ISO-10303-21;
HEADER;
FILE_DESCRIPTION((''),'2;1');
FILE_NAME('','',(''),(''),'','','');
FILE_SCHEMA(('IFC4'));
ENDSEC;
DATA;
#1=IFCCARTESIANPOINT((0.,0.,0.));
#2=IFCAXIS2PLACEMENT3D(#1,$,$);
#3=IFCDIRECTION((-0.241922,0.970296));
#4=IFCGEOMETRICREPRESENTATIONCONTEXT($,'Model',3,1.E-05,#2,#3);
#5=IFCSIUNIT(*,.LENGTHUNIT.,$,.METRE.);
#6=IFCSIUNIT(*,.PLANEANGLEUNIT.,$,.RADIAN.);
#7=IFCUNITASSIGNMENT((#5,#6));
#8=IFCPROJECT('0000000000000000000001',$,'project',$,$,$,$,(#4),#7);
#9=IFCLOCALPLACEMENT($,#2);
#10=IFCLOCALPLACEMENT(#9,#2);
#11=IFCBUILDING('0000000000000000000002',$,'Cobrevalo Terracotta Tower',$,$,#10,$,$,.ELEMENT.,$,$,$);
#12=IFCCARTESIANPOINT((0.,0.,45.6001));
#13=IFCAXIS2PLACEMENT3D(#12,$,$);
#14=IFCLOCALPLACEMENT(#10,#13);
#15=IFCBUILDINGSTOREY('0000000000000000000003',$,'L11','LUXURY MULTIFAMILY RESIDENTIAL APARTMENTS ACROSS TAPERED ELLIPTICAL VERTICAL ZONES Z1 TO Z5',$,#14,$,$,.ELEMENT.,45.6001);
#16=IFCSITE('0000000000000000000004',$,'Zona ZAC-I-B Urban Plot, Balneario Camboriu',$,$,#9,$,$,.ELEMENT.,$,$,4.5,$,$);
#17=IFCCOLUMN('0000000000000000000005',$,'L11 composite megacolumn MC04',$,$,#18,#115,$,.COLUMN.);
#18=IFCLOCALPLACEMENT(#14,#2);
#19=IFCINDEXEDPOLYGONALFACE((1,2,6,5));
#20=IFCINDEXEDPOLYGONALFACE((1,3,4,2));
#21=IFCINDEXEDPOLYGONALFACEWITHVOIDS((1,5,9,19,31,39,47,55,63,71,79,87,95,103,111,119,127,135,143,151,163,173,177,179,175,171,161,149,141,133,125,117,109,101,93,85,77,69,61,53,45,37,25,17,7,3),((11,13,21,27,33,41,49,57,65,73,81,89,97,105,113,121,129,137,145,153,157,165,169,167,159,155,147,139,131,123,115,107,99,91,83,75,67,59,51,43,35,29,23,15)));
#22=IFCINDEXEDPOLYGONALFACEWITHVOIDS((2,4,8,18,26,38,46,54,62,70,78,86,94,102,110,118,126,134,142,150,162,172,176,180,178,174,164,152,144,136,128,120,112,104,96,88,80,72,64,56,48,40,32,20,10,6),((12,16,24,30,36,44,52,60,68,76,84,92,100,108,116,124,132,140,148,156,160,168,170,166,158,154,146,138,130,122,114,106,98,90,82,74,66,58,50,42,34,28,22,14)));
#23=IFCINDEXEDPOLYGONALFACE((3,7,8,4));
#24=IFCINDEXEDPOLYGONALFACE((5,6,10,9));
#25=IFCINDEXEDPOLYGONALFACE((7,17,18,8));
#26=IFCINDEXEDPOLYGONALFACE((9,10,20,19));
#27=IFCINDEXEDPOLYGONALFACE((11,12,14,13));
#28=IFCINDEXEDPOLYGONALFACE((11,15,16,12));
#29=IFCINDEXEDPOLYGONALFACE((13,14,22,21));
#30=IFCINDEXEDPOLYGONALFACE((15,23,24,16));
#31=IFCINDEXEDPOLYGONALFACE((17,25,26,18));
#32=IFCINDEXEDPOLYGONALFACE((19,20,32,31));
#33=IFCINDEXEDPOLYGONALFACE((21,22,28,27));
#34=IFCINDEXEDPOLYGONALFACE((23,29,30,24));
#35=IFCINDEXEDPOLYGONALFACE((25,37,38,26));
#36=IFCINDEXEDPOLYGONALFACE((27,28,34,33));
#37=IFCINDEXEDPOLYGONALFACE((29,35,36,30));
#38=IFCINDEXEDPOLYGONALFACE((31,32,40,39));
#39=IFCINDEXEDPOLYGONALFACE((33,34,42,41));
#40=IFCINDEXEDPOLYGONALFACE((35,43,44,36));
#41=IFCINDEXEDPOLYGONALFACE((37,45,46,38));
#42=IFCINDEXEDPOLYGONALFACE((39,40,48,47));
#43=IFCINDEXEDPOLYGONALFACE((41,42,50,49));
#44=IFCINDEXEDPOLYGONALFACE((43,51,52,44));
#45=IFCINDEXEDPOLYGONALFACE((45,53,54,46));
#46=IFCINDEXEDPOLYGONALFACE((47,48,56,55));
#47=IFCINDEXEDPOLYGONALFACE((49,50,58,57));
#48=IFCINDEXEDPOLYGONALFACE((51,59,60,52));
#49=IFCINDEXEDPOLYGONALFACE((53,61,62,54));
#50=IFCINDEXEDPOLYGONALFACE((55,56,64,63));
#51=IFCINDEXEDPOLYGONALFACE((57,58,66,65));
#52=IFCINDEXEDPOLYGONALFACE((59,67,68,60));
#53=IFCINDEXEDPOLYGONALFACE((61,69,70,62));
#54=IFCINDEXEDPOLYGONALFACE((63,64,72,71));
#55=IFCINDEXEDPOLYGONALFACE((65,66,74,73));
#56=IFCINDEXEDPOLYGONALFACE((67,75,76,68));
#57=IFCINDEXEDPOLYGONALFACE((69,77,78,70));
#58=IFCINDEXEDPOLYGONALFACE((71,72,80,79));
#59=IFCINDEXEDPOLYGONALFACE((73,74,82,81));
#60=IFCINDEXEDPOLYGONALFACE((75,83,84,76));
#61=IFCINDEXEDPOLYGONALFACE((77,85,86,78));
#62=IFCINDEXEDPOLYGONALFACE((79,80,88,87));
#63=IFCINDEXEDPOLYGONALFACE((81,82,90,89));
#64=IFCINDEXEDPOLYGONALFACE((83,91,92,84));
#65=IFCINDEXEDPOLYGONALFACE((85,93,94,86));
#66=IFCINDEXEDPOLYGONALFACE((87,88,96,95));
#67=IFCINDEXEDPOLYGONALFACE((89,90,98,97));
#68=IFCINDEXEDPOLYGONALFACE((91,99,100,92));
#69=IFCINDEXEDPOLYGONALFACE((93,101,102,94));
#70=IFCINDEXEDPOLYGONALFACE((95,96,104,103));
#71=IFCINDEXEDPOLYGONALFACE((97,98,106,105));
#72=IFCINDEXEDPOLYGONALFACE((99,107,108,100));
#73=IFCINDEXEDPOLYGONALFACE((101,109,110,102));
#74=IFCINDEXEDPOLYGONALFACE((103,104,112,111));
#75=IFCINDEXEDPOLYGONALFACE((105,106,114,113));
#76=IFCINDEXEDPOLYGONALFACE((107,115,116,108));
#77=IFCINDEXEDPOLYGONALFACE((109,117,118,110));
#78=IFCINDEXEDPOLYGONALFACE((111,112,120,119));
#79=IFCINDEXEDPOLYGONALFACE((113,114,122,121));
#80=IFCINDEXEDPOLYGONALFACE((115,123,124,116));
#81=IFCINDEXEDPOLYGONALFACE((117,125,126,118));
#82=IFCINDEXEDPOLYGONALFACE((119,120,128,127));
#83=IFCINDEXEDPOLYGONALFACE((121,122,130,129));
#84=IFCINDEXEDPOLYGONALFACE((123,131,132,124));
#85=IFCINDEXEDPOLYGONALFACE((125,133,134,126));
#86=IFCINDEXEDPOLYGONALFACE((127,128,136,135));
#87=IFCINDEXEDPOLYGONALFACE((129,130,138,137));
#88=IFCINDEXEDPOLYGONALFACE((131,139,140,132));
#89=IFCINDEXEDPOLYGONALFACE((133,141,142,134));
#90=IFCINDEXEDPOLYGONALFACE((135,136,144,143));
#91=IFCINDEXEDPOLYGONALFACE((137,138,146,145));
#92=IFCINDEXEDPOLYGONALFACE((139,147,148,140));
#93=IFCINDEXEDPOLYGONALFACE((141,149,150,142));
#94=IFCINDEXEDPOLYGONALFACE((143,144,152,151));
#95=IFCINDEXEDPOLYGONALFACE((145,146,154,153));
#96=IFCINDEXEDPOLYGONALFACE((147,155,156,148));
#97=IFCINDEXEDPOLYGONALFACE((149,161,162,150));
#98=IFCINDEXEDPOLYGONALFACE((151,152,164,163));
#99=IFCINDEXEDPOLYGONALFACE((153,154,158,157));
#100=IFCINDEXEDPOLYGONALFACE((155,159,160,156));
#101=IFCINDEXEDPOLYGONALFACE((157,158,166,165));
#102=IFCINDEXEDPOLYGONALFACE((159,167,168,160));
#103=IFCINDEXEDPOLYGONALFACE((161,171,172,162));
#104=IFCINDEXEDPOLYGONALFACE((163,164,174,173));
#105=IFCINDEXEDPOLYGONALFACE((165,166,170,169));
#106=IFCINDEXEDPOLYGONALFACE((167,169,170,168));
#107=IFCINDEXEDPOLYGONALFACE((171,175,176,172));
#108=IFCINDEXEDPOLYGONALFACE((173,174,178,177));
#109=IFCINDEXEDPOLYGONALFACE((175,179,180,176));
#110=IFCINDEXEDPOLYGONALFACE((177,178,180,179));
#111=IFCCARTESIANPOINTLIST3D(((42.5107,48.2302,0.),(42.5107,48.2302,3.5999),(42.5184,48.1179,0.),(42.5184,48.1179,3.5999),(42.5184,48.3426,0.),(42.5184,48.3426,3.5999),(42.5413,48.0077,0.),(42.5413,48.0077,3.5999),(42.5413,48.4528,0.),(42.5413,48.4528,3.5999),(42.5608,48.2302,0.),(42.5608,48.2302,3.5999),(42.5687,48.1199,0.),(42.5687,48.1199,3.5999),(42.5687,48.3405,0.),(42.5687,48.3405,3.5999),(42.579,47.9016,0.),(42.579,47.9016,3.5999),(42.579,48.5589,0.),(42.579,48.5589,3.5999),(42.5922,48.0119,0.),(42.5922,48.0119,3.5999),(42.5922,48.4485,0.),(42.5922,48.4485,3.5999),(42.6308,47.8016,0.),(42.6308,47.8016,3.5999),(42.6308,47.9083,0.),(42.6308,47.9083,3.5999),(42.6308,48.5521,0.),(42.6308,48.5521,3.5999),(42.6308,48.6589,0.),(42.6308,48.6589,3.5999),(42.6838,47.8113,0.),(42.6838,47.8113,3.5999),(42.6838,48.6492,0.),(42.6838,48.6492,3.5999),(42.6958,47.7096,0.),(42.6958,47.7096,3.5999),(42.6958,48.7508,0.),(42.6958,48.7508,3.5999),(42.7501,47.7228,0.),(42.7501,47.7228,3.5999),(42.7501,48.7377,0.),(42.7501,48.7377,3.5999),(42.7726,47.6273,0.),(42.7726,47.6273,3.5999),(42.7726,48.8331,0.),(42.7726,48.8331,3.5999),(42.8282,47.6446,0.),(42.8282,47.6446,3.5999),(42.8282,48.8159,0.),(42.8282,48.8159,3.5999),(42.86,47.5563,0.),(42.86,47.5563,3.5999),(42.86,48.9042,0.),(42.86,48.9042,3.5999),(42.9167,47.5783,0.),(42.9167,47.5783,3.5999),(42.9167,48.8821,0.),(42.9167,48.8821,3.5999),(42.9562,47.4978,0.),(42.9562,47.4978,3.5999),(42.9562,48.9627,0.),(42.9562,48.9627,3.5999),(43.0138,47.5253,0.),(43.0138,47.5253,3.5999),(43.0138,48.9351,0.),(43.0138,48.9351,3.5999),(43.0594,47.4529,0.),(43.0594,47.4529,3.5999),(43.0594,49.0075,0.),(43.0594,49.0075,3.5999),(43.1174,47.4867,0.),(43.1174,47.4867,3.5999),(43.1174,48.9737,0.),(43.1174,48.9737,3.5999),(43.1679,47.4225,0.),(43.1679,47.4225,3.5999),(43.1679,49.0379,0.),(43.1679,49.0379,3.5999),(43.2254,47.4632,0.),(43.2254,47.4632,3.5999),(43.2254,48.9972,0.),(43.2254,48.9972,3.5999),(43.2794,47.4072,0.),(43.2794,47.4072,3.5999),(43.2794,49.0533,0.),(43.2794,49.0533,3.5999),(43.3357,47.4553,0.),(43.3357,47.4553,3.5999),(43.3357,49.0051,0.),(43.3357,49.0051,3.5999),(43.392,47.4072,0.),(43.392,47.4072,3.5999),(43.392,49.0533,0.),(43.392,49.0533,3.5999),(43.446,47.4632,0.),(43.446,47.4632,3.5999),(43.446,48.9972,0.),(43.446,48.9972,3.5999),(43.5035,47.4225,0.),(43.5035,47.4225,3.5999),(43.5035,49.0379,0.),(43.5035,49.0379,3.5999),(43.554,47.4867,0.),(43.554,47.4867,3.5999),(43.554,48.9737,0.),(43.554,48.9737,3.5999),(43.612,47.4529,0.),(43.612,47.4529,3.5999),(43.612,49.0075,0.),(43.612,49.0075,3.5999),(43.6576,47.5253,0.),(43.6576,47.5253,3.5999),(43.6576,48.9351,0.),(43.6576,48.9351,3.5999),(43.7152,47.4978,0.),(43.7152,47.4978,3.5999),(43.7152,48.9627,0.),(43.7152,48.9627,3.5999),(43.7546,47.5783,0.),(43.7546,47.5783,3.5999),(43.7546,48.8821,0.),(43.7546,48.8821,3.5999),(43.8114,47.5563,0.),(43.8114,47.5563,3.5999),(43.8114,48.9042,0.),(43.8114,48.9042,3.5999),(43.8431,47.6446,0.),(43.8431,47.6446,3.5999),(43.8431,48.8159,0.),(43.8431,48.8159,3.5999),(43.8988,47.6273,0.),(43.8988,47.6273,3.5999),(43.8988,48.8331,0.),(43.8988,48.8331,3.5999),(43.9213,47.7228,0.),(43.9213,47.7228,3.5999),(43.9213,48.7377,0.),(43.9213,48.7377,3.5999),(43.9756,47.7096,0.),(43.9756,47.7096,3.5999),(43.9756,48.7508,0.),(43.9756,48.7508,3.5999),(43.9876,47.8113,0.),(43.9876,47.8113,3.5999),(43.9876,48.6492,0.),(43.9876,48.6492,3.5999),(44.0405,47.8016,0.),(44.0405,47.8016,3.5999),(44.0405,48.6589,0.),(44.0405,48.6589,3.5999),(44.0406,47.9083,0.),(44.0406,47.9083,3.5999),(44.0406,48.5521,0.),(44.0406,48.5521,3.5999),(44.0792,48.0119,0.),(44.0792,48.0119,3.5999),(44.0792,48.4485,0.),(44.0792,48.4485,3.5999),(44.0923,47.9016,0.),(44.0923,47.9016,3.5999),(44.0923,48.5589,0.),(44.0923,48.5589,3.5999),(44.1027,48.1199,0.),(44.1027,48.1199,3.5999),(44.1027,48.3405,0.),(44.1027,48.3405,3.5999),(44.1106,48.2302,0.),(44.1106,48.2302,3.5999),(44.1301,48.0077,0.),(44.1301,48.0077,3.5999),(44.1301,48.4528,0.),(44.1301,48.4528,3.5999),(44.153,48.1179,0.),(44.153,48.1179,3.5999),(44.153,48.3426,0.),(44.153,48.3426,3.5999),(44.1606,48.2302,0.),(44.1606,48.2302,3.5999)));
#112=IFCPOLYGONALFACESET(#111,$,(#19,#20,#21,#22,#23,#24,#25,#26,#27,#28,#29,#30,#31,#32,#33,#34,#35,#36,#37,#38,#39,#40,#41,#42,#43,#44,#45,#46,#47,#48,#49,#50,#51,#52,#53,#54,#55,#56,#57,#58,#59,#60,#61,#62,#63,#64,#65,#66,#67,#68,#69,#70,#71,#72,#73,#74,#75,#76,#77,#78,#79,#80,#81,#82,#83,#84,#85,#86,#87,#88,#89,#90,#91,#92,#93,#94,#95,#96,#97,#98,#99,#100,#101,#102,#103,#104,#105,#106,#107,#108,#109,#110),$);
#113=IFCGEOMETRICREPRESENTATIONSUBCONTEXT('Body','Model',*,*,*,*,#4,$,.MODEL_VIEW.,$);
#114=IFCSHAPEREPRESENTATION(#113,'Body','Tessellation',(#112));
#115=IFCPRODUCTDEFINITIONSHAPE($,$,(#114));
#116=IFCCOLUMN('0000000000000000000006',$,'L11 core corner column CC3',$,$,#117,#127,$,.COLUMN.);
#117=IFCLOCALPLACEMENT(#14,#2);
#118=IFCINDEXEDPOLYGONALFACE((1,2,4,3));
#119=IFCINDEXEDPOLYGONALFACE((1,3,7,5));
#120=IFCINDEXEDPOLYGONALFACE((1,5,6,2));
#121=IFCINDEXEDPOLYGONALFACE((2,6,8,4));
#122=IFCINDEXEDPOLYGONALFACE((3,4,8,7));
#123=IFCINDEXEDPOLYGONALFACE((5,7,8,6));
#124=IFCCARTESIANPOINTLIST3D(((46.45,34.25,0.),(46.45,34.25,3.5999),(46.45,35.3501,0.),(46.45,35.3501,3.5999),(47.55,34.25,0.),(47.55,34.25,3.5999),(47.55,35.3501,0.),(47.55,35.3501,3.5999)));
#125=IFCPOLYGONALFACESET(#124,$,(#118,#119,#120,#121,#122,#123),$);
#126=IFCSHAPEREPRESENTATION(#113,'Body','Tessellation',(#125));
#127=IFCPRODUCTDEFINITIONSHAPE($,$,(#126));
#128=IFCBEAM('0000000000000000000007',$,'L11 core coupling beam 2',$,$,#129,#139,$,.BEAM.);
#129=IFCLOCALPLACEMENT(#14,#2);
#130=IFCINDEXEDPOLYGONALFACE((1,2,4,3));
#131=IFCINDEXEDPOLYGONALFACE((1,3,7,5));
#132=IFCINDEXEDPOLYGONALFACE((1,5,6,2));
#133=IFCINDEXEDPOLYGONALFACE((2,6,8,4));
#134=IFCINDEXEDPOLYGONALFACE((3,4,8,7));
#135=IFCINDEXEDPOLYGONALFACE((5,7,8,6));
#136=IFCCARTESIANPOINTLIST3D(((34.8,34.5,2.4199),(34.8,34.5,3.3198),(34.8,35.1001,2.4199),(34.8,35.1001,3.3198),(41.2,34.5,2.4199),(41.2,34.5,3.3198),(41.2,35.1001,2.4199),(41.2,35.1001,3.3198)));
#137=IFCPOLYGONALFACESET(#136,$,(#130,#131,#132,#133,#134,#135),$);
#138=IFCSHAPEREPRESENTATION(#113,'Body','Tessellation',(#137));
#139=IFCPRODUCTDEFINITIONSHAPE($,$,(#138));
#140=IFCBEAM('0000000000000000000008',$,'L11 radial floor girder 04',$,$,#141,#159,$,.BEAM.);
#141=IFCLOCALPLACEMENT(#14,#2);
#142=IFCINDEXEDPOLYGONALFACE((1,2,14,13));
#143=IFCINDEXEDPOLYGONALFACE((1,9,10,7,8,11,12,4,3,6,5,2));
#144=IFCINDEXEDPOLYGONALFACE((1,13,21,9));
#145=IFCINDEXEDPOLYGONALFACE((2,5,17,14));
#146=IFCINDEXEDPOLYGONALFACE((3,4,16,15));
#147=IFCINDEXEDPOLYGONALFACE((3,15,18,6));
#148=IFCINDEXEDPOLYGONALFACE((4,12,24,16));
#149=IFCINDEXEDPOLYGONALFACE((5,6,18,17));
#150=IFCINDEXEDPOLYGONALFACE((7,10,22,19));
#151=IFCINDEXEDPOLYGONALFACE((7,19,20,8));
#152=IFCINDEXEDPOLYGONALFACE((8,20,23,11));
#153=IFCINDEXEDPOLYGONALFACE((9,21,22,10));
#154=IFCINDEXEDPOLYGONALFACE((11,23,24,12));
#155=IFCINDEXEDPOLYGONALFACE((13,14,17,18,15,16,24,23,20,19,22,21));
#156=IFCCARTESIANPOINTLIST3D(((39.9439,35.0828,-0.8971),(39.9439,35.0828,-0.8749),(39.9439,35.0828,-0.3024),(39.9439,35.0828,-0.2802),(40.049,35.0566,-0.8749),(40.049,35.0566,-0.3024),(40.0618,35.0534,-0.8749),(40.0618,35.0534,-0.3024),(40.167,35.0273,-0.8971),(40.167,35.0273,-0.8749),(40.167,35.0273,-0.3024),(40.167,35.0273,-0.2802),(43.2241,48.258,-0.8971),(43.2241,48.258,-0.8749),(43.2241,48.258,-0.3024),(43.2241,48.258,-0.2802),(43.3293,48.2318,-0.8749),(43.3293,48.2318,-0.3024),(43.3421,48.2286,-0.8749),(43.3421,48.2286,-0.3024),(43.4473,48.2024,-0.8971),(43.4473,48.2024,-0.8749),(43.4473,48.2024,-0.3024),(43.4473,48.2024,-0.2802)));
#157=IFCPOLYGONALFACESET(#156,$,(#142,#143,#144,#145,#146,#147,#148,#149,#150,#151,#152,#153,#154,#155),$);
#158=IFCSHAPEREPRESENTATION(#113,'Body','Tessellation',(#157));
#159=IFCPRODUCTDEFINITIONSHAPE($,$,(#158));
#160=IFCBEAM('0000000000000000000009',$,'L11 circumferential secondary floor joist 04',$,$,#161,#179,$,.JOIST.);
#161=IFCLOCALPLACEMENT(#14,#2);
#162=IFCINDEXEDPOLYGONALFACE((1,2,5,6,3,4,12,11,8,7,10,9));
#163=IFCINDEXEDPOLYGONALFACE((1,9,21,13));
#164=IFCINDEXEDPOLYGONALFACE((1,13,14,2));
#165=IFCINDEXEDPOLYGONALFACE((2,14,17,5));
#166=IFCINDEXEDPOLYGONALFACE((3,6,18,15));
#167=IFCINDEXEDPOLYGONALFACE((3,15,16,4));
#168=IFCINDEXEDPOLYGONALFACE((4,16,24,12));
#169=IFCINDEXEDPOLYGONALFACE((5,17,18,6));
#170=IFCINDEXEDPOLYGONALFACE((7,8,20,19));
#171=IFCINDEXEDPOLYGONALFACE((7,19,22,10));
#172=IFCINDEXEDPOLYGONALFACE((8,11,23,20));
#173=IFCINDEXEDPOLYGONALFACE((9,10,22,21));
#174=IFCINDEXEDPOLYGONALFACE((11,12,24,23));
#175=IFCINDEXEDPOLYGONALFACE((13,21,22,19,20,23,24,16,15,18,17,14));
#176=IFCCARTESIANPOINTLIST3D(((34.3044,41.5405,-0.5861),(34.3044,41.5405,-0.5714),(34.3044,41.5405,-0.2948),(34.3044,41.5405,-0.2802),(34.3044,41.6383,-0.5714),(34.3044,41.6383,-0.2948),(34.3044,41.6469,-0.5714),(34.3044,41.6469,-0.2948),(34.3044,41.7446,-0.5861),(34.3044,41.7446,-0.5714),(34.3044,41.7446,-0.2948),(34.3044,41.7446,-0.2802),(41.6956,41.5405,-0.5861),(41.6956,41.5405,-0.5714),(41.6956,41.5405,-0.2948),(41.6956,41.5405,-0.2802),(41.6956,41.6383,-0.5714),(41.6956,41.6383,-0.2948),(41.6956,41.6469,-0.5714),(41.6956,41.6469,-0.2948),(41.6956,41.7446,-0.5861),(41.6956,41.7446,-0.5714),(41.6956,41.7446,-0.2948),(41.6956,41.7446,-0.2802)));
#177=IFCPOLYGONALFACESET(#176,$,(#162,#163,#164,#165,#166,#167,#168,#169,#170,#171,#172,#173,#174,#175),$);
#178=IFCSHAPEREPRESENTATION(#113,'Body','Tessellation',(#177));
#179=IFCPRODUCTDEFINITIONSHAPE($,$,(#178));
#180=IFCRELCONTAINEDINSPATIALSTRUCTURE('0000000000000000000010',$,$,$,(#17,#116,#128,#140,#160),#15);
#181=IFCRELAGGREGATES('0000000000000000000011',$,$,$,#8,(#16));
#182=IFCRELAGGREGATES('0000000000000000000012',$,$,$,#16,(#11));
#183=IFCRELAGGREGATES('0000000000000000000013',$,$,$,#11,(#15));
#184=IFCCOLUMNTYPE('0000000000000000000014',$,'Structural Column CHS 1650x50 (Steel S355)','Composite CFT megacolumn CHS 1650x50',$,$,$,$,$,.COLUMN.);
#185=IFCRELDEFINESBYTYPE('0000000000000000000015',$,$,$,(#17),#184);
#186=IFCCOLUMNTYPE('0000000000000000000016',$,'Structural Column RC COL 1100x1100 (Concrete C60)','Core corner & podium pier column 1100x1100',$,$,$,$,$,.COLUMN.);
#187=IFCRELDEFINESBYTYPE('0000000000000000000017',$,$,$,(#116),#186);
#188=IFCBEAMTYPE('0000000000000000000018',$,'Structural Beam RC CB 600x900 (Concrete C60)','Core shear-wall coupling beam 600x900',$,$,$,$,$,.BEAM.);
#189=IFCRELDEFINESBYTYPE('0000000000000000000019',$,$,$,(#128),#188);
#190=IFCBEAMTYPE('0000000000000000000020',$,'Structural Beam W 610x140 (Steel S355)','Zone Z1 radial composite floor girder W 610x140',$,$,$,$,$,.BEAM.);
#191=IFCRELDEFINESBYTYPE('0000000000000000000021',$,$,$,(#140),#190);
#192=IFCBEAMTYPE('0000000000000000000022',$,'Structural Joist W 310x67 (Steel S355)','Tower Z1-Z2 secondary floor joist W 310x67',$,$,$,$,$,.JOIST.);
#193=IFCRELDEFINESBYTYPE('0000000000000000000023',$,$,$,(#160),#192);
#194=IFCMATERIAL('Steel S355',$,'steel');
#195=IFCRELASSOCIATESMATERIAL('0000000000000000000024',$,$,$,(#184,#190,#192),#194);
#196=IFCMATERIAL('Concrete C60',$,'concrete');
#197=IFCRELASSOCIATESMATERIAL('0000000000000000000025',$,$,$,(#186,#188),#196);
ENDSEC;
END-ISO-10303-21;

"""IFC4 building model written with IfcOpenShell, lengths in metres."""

from ifc_helpers import new_model, si_unit, direction, frame, origin, origin_2d, place, context, subcontext, project, spatial, rectangle, hollow_circle, i_section, extrude, material, material_profile, profile_set, type_object, element, save


model = new_model("IFC4")

# Units and contexts
model_context = context("Model", 3, precision=1e-05, world=origin(), true_north=direction((-0.241922, 0.970296)))
body_context = subcontext(model_context, "Body", "Model", "MODEL_VIEW")
ifc_project = project(units=[si_unit("LENGTHUNIT", "METRE"), si_unit("PLANEANGLEUNIT", "RADIAN")], contexts=[model_context])

# Site, building, storey
site_placement = place(None, origin())
site = spatial("IfcSite", under=ifc_project, at=site_placement, Name="Zona ZAC-I-B Urban Plot, Balneario Camboriu", CompositionType="ELEMENT", RefElevation=4.5)
building_placement = place(site_placement, origin())
building = spatial("IfcBuilding", under=site, at=building_placement, Name="Cobrevalo Terracotta Tower", CompositionType="ELEMENT")
storey_placement = place(building_placement, frame((0.0, 0.0, 45.6001)))
storey = spatial("IfcBuildingStorey", under=building, at=storey_placement, Name="L11", Description="LUXURY MULTIFAMILY RESIDENTIAL APARTMENTS ACROSS TAPERED ELLIPTICAL VERTICAL ZONES Z1 TO Z5", CompositionType="ELEMENT", Elevation=45.6001)

# Columns
ifc_material_1 = material(Name="Steel S355", Category="steel")
ifc_material_profile_1 = material_profile(ifc_material_1, hollow_circle(Radius=0.825, WallThickness=0.05, at=origin_2d()), Name="CHS 1650x50")
ifc_profile_set_1 = profile_set([ifc_material_profile_1], Name="Steel S355")
column_type_1 = type_object("IfcColumnType", Name="Structural Column CHS 1650x50 (Steel S355)", Description="Composite CFT megacolumn CHS 1650x50", PredefinedType="COLUMN", material=ifc_profile_set_1)
column_1_placement = place(storey_placement, frame((43.3357, 48.2302, 0.0), z_axis=(0.0, 0.0, 1.0), x_axis=(1.0, 0.0, 0.0)))
element("IfcColumn", 1, at=column_1_placement, inside=storey, type_object=column_type_1, Name="L11 composite megacolumn MC04", PredefinedType="COLUMN", context=body_context, shape_type="SweptSolid", body=[
    extrude(hollow_circle(Radius=0.825, WallThickness=0.05, at=origin_2d()), origin(), (0.0, 0.0, 1.0), 3.5999),
])
ifc_material_2 = material(Name="Concrete C60", Category="concrete")
ifc_material_profile_2 = material_profile(ifc_material_2, rectangle(XDim=1.1001, YDim=1.1001, at=origin_2d()), Name="RC COL 1100x1100")
ifc_profile_set_2 = profile_set([ifc_material_profile_2], Name="Concrete C60")
column_type_2 = type_object("IfcColumnType", Name="Structural Column RC COL 1100x1100 (Concrete C60)", Description="Core corner & podium pier column 1100x1100", PredefinedType="COLUMN", material=ifc_profile_set_2)
column_2_placement = place(storey_placement, frame((47.0, 34.8, 0.0), z_axis=(0.0, 0.0, 1.0), x_axis=(1.0, 0.0, 0.0)))
element("IfcColumn", 2, at=column_2_placement, inside=storey, type_object=column_type_2, Name="L11 core corner column CC3", PredefinedType="COLUMN", context=body_context, shape_type="SweptSolid", body=[
    extrude(rectangle(XDim=1.1001, YDim=1.1001, at=origin_2d()), origin(), (0.0, 0.0, 1.0), 3.5999),
])

# Beams
ifc_material_profile_3 = material_profile(ifc_material_2, rectangle(XDim=0.6001, YDim=0.8999, at=origin_2d()), Name="RC CB 600x900")
ifc_profile_set_3 = profile_set([ifc_material_profile_3], Name="Concrete C60")
beam_type_1 = type_object("IfcBeamType", Name="Structural Beam RC CB 600x900 (Concrete C60)", Description="Core shear-wall coupling beam 600x900", PredefinedType="BEAM", material=ifc_profile_set_3)
beam_1_placement = place(storey_placement, frame((34.8, 34.8, 2.8699), z_axis=(1.0, 0.0, 0.0), x_axis=(0.0, 1.0, 0.0)))
element("IfcBeam", 3, at=beam_1_placement, inside=storey, type_object=beam_type_1, Name="L11 core coupling beam 2", PredefinedType="BEAM", context=body_context, shape_type="SweptSolid", body=[
    extrude(rectangle(XDim=0.6001, YDim=0.8999, at=origin_2d()), origin(), (0.0, 0.0, 1.0), 6.3999),
])
ifc_material_profile_4 = material_profile(ifc_material_1, i_section(OverallWidth=0.23, OverallDepth=0.6169, WebThickness=0.0132, FlangeThickness=0.0222, at=origin_2d()), Name="W 610x140")
ifc_profile_set_4 = profile_set([ifc_material_profile_4], Name="Steel S355")
beam_type_2 = type_object("IfcBeamType", Name="Structural Beam W 610x140 (Steel S355)", Description="Zone Z1 radial composite floor girder W 610x140", PredefinedType="BEAM", material=ifc_profile_set_4)
beam_2_placement = place(storey_placement, frame((43.3357, 48.2302, -0.5886), z_axis=(-0.241596, -0.970377, 0.0), x_axis=(0.970377, -0.241596, 0.0)))
element("IfcBeam", 4, at=beam_2_placement, inside=storey, type_object=beam_type_2, Name="L11 radial floor girder 04", PredefinedType="BEAM", context=body_context, shape_type="SweptSolid", body=[
    extrude(i_section(OverallWidth=0.23, OverallDepth=0.6169, WebThickness=0.0132, FlangeThickness=0.0222, at=origin_2d()), origin(), (0.0, 0.0, 1.0), 13.5774),
])
ifc_material_profile_5 = material_profile(ifc_material_1, i_section(OverallWidth=0.2041, OverallDepth=0.3059, WebThickness=0.0085, FlangeThickness=0.0146, at=origin_2d()), Name="W 310x67")
ifc_profile_set_5 = profile_set([ifc_material_profile_5], Name="Steel S355")
beam_type_3 = type_object("IfcBeamType", Name="Structural Joist W 310x67 (Steel S355)", Description="Tower Z1-Z2 secondary floor joist W 310x67", PredefinedType="JOIST", material=ifc_profile_set_5)
beam_3_placement = place(storey_placement, frame((41.6956, 41.6426, -0.4331), z_axis=(-1.0, 0.0, 0.0), x_axis=(0.0, -1.0, 0.0)))
element("IfcBeam", 5, at=beam_3_placement, inside=storey, type_object=beam_type_3, Name="L11 circumferential secondary floor joist 04", PredefinedType="JOIST", context=body_context, shape_type="SweptSolid", body=[
    extrude(i_section(OverallWidth=0.2041, OverallDepth=0.3059, WebThickness=0.0085, FlangeThickness=0.0146, at=origin_2d()), origin(), (0.0, 0.0, 1.0), 7.3911),
])

save(model, "model.ifc")
